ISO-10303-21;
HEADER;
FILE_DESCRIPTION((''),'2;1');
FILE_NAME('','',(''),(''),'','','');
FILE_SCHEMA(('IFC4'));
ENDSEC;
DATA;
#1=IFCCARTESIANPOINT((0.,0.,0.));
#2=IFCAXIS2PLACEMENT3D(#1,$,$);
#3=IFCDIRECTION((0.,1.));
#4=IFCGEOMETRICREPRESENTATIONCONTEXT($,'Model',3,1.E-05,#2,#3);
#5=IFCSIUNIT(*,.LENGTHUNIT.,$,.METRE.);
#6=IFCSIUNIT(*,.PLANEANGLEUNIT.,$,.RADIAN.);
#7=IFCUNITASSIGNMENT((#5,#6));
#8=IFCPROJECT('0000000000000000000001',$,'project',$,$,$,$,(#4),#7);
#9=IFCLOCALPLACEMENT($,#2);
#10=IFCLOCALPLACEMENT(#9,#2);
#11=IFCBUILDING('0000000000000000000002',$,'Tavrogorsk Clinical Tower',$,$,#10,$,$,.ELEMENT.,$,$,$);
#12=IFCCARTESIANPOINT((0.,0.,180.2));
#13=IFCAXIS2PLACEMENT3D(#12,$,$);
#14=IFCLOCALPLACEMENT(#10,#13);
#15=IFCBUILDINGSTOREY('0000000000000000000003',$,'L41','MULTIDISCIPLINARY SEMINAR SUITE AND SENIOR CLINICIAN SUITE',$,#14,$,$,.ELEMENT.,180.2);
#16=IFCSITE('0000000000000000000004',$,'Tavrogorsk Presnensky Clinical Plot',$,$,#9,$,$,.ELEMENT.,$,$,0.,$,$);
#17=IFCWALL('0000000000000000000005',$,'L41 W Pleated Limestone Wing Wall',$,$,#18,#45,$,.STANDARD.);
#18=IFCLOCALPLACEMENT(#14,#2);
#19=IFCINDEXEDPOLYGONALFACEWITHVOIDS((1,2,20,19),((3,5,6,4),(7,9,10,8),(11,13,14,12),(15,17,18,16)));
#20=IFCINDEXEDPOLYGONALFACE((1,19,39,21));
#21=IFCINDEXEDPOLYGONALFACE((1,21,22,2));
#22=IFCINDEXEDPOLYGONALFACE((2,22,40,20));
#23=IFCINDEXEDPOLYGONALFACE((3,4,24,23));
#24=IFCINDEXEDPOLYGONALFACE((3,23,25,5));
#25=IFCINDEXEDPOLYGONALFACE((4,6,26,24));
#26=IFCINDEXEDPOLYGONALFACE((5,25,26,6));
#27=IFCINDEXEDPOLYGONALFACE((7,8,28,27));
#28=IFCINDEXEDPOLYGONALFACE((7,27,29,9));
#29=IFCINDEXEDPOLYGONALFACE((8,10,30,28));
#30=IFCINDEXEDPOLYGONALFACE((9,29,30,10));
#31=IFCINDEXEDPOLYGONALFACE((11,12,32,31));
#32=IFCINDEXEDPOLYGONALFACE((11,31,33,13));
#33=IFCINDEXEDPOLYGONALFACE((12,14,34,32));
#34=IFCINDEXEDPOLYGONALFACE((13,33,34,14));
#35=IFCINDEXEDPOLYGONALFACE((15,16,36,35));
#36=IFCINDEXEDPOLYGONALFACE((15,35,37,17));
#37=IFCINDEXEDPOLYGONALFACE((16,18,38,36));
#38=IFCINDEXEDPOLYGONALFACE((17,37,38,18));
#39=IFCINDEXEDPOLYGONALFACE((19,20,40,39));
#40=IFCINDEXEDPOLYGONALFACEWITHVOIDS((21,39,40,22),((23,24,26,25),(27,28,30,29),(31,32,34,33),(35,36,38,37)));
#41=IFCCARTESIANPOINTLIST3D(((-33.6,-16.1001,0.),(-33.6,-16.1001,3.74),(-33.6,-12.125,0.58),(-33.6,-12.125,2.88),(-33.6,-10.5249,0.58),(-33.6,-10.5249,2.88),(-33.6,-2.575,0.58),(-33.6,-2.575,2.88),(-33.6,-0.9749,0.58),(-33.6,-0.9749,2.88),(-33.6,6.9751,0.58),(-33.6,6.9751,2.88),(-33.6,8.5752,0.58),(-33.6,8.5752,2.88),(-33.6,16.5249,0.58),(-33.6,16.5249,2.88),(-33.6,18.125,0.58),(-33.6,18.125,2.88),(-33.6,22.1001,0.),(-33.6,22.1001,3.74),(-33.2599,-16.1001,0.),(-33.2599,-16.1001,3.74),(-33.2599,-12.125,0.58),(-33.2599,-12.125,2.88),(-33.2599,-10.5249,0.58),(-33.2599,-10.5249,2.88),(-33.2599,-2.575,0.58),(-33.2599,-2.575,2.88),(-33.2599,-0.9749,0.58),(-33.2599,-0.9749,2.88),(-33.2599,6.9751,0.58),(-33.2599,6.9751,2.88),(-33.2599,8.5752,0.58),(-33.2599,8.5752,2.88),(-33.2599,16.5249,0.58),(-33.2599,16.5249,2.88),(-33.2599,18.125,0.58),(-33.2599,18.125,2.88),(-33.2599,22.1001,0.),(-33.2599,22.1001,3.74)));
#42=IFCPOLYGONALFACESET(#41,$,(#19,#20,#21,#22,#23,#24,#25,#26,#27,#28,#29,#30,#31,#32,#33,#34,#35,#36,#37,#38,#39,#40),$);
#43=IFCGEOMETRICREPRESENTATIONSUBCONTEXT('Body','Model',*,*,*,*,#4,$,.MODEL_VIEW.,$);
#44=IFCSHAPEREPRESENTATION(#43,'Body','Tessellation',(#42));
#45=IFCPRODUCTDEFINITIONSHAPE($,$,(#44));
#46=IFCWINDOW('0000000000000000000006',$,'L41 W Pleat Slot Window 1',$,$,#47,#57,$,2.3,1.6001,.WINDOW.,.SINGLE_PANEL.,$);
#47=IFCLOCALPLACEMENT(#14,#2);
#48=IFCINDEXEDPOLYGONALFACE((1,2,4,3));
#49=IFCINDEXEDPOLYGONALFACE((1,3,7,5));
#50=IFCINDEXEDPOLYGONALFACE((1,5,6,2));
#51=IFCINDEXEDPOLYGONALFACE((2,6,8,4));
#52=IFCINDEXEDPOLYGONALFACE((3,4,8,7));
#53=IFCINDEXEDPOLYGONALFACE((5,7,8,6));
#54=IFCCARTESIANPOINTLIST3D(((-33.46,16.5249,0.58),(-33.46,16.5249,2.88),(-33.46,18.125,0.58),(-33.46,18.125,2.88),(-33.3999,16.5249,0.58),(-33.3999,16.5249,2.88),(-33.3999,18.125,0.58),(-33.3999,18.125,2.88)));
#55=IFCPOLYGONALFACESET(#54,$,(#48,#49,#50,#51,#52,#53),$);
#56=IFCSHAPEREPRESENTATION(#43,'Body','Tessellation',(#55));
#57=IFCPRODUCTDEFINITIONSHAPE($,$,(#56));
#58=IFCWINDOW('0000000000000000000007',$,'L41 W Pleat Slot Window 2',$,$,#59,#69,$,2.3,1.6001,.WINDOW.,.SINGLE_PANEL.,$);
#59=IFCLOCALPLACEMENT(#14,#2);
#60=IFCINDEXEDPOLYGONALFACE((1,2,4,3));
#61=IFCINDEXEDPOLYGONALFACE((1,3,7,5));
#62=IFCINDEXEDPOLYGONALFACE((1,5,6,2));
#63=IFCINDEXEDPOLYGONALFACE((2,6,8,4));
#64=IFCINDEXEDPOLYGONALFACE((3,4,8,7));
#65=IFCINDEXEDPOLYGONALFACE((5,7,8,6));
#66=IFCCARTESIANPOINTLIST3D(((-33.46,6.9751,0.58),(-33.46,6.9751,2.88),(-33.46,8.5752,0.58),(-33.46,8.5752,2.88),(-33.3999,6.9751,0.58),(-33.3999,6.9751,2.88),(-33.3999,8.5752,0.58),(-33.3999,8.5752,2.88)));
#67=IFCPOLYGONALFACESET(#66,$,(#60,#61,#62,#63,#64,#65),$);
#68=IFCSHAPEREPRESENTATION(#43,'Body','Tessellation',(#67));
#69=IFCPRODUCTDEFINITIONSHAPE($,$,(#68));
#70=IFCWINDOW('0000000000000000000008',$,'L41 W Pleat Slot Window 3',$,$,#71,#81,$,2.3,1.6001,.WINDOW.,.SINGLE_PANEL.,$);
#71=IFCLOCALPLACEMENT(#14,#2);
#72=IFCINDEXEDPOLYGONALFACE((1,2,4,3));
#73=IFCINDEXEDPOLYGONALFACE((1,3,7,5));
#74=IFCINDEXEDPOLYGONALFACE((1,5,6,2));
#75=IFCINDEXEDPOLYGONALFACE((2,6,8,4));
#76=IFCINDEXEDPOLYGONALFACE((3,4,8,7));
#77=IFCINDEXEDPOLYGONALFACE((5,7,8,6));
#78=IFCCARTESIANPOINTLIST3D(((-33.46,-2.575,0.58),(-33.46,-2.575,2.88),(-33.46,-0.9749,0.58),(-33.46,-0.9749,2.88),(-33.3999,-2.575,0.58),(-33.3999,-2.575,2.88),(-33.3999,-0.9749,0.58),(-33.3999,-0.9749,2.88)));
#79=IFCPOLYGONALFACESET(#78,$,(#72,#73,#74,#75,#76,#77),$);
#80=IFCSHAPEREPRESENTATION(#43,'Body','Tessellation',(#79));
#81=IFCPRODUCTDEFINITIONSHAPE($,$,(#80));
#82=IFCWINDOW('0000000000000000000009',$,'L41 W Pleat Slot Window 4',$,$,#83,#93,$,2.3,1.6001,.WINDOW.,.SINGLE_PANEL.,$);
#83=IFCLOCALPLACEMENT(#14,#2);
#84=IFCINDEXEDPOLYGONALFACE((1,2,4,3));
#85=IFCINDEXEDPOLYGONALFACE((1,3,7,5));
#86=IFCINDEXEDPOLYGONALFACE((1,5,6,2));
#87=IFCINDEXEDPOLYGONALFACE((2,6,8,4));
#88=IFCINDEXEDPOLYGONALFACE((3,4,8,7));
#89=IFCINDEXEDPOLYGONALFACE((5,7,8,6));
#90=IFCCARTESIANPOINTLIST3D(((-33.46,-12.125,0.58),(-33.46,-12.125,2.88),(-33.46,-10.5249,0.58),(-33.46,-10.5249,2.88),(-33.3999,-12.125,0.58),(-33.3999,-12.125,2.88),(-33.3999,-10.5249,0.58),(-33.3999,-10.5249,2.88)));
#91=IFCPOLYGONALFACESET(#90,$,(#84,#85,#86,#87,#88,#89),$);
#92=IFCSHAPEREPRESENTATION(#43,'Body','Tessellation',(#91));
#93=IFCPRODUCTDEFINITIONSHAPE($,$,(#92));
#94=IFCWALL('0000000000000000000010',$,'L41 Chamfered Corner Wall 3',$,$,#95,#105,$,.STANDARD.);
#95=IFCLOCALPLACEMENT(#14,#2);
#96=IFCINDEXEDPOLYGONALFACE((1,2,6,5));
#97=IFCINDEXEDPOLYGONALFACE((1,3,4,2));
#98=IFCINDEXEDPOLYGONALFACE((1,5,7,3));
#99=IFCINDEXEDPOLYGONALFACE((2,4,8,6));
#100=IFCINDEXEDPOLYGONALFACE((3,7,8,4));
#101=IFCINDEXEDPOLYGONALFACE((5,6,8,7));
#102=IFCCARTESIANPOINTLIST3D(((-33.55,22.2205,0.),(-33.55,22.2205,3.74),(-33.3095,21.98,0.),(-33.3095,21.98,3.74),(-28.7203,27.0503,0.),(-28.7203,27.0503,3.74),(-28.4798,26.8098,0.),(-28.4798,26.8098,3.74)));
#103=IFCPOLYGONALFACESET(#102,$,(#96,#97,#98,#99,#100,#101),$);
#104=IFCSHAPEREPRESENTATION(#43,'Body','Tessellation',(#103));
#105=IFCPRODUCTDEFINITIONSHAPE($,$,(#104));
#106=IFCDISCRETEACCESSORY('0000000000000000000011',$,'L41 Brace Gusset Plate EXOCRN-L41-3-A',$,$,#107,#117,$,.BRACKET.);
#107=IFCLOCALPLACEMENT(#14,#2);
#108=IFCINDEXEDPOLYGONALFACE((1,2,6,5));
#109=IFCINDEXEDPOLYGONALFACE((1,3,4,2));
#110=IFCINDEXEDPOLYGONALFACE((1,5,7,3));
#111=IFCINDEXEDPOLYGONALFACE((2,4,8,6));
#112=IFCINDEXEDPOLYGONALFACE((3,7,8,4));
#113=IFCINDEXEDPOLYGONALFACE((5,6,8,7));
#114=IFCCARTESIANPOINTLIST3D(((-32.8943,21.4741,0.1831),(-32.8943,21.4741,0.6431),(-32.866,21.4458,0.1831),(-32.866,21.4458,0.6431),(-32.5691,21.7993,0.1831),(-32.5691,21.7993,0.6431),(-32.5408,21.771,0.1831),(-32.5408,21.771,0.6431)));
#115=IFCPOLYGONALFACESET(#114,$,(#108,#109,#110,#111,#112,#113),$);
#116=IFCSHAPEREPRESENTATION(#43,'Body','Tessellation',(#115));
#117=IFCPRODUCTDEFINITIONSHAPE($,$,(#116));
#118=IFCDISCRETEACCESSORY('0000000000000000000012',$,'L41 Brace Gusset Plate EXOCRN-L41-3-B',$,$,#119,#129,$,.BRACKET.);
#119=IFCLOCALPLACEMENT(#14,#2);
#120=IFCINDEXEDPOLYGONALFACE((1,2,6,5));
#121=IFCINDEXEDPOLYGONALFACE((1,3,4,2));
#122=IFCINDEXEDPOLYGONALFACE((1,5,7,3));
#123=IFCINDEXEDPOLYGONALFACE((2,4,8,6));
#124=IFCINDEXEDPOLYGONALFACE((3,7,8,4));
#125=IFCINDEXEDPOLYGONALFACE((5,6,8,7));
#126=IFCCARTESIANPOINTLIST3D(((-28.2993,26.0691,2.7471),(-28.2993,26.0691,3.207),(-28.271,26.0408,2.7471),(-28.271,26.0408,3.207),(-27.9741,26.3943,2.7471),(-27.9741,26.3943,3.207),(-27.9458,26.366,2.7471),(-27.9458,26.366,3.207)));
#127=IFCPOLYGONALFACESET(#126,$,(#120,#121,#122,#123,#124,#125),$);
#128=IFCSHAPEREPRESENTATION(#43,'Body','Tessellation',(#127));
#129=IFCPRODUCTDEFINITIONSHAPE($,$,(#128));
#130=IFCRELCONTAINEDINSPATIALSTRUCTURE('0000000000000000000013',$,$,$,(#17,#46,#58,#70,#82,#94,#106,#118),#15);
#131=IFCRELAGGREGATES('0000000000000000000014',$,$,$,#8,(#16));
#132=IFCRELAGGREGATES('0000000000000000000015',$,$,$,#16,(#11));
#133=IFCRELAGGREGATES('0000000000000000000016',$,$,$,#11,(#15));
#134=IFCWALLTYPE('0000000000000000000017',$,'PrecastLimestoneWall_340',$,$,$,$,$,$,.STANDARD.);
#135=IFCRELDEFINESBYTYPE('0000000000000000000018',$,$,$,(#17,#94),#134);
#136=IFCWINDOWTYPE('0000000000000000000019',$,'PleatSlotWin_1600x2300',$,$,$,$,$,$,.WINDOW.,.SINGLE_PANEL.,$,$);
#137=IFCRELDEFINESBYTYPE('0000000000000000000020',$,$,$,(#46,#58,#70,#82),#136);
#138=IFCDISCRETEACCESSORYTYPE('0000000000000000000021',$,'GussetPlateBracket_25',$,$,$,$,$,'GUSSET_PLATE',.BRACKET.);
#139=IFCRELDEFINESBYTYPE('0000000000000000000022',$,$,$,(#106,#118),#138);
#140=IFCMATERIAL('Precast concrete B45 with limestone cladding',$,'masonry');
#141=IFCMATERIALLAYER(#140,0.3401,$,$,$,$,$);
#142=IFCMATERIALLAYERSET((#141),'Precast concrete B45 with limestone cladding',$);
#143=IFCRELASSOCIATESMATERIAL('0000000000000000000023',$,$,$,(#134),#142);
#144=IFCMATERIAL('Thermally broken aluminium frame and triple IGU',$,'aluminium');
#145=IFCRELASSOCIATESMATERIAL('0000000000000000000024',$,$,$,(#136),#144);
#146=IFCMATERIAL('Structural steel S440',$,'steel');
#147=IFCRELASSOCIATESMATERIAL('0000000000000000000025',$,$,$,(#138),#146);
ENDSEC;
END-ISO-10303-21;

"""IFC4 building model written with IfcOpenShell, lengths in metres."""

from ifc_helpers import new_model, si_unit, direction, frame, frame_2d, origin, origin_2d, place, context, subcontext, project, spatial, rectangle, extrude, material, layer, layer_set, type_object, element, fill, save


model = new_model("IFC4")

# Units and contexts
model_context = context("Model", 3, precision=1e-05, world=origin(), true_north=direction((0.0, 1.0)))
body_context = subcontext(model_context, "Body", "Model", "MODEL_VIEW")
ifc_project = project(units=[si_unit("LENGTHUNIT", "METRE"), si_unit("PLANEANGLEUNIT", "RADIAN")], contexts=[model_context])

# Site, building, storey
site_placement = place(None, origin())
site = spatial("IfcSite", under=ifc_project, at=site_placement, Name="Tavrogorsk Presnensky Clinical Plot", CompositionType="ELEMENT", RefElevation=0.0)
building_placement = place(site_placement, origin())
building = spatial("IfcBuilding", under=site, at=building_placement, Name="Tavrogorsk Clinical Tower", CompositionType="ELEMENT")
storey_placement = place(building_placement, frame((0.0, 0.0, 180.2)))
storey = spatial("IfcBuildingStorey", under=building, at=storey_placement, Name="L41", Description="MULTIDISCIPLINARY SEMINAR SUITE AND SENIOR CLINICIAN SUITE", CompositionType="ELEMENT", Elevation=180.2)

# Wall, openings, windows
ifc_material_1 = material(Name="Precast concrete B45 with limestone cladding", Category="masonry")
ifc_layer_1 = layer(ifc_material_1, 0.3401)
ifc_layer_set_1 = layer_set([ifc_layer_1], Name="Precast concrete B45 with limestone cladding")
wall_type_1 = type_object("IfcWallType", Name="PrecastLimestoneWall_340", PredefinedType="STANDARD", material=ifc_layer_set_1)
wall_1_placement = place(storey_placement, frame((-33.4299, 22.1001, 0.0), z_axis=(0.0, 0.0, 1.0), x_axis=(0.0, -1.0, 0.0)))
wall_1 = element("IfcWall", 1, at=wall_1_placement, inside=storey, type_object=wall_type_1, Name="L41 W Pleated Limestone Wing Wall", PredefinedType="STANDARD", context=body_context, shape_type="SweptSolid", body=[
    extrude(rectangle(XDim=38.2002, YDim=0.3401, at=frame_2d((19.1001, 0.0))), origin(), (0.0, 0.0, 1.0), 3.74),
])
opening_1_placement = place(wall_1_placement, frame((3.9751, 0.0, 0.5801)))
opening_1 = element("IfcOpeningElement", 2, at=opening_1_placement, cuts=wall_1, PredefinedType="OPENING", context=body_context, shape_type="SweptSolid", body=[
    extrude(rectangle(XDim=1.6001, YDim=2.3, at=frame_2d((0.8, 1.1499))), frame((0.0, 0.1799, 0.0), z_axis=(0.0, -1.0, 0.0), x_axis=(1.0, 0.0, 0.0)), (0.0, 0.0, 1.0), 0.3601),
])
opening_2_placement = place(wall_1_placement, frame((13.5249, 0.0, 0.5801)))
opening_2 = element("IfcOpeningElement", 3, at=opening_2_placement, cuts=wall_1, PredefinedType="OPENING", context=body_context, shape_type="SweptSolid", body=[
    extrude(rectangle(XDim=1.6001, YDim=2.3, at=frame_2d((0.8, 1.1499))), frame((0.0, 0.1799, 0.0), z_axis=(0.0, -1.0, 0.0), x_axis=(1.0, 0.0, 0.0)), (0.0, 0.0, 1.0), 0.3601),
])
opening_3_placement = place(wall_1_placement, frame((23.075, 0.0, 0.5801)))
opening_3 = element("IfcOpeningElement", 4, at=opening_3_placement, cuts=wall_1, PredefinedType="OPENING", context=body_context, shape_type="SweptSolid", body=[
    extrude(rectangle(XDim=1.6001, YDim=2.3, at=frame_2d((0.8, 1.1499))), frame((0.0, 0.1799, 0.0), z_axis=(0.0, -1.0, 0.0), x_axis=(1.0, 0.0, 0.0)), (0.0, 0.0, 1.0), 0.3601),
])
opening_4_placement = place(wall_1_placement, frame((32.625, 0.0, 0.5801)))
opening_4 = element("IfcOpeningElement", 5, at=opening_4_placement, cuts=wall_1, PredefinedType="OPENING", context=body_context, shape_type="SweptSolid", body=[
    extrude(rectangle(XDim=1.6001, YDim=2.3, at=frame_2d((0.8, 1.1499))), frame((0.0, 0.1799, 0.0), z_axis=(0.0, -1.0, 0.0), x_axis=(1.0, 0.0, 0.0)), (0.0, 0.0, 1.0), 0.3601),
])
ifc_material_2 = material(Name="Thermally broken aluminium frame and triple IGU", Category="aluminium")
window_type = type_object("IfcWindowType", Name="PleatSlotWin_1600x2300", PartitioningType="SINGLE_PANEL", PredefinedType="WINDOW", material=ifc_material_2)
window_1_placement = place(opening_1_placement, origin())
window_1 = element("IfcWindow", 6, at=window_1_placement, inside=storey, type_object=window_type, Name="L41 W Pleat Slot Window 1", OverallHeight=2.3, OverallWidth=1.6001, PartitioningType="SINGLE_PANEL", PredefinedType="WINDOW", context=body_context, shape_type="SweptSolid", body=[
    extrude(rectangle(XDim=1.6001, YDim=2.3, at=frame_2d((0.8, 1.1499))), frame((0.0, 0.03, 0.0), z_axis=(0.0, -1.0, 0.0), x_axis=(1.0, 0.0, 0.0)), (0.0, 0.0, 1.0), 0.0601),
])
fill(opening_1, window_1)
window_2_placement = place(opening_2_placement, origin())
window_2 = element("IfcWindow", 7, at=window_2_placement, inside=storey, type_object=window_type, Name="L41 W Pleat Slot Window 2", OverallHeight=2.3, OverallWidth=1.6001, PartitioningType="SINGLE_PANEL", PredefinedType="WINDOW", context=body_context, shape_type="SweptSolid", body=[
    extrude(rectangle(XDim=1.6001, YDim=2.3, at=frame_2d((0.8, 1.1499))), frame((0.0, 0.03, 0.0), z_axis=(0.0, -1.0, 0.0), x_axis=(1.0, 0.0, 0.0)), (0.0, 0.0, 1.0), 0.0601),
])
fill(opening_2, window_2)
window_3_placement = place(opening_3_placement, origin())
window_3 = element("IfcWindow", 8, at=window_3_placement, inside=storey, type_object=window_type, Name="L41 W Pleat Slot Window 3", OverallHeight=2.3, OverallWidth=1.6001, PartitioningType="SINGLE_PANEL", PredefinedType="WINDOW", context=body_context, shape_type="SweptSolid", body=[
    extrude(rectangle(XDim=1.6001, YDim=2.3, at=frame_2d((0.8, 1.1499))), frame((0.0, 0.03, 0.0), z_axis=(0.0, -1.0, 0.0), x_axis=(1.0, 0.0, 0.0)), (0.0, 0.0, 1.0), 0.0601),
])
fill(opening_3, window_3)
window_4_placement = place(opening_4_placement, origin())
window_4 = element("IfcWindow", 9, at=window_4_placement, inside=storey, type_object=window_type, Name="L41 W Pleat Slot Window 4", OverallHeight=2.3, OverallWidth=1.6001, PartitioningType="SINGLE_PANEL", PredefinedType="WINDOW", context=body_context, shape_type="SweptSolid", body=[
    extrude(rectangle(XDim=1.6001, YDim=2.3, at=frame_2d((0.8, 1.1499))), frame((0.0, 0.03, 0.0), z_axis=(0.0, -1.0, 0.0), x_axis=(1.0, 0.0, 0.0)), (0.0, 0.0, 1.0), 0.0601),
])
fill(opening_4, window_4)

# Wall
wall_2_placement = place(storey_placement, frame((-28.6001, 26.9299, 0.0), z_axis=(0.0, 0.0, 1.0), x_axis=(-0.707107, -0.707107, 0.0)))
element("IfcWall", 10, at=wall_2_placement, inside=storey, type_object=wall_type_1, Name="L41 Chamfered Corner Wall 3", PredefinedType="STANDARD", context=body_context, shape_type="SweptSolid", body=[
    extrude(rectangle(XDim=6.8303, YDim=0.3401, at=frame_2d((3.415, 0.0))), origin(), (0.0, 0.0, 1.0), 3.74),
])

# Discrete accessories
ifc_material_3 = material(Name="Structural steel S440", Category="steel")
discrete_accessory_type = type_object("IfcDiscreteAccessoryType", Name="GussetPlateBracket_25", ElementType="GUSSET_PLATE", PredefinedType="BRACKET", material=ifc_material_3)
for number, where, z_axis, x_axis, name in (
    (11, (-32.7175, 21.6226, 0.1831), (0.0, 0.0, 1.0), (0.707107, 0.707107, 0.0), "L41 Brace Gusset Plate EXOCRN-L41-3-A"),
    (12, (-28.1226, 26.2175, 2.7471), (0.0, 0.0, 1.0), (0.707107, 0.707107, 0.0), "L41 Brace Gusset Plate EXOCRN-L41-3-B"),
):
    element("IfcDiscreteAccessory", number, at=place(storey_placement, frame(where, z_axis=z_axis, x_axis=x_axis)), inside=storey, type_object=discrete_accessory_type, Name=name, PredefinedType="BRACKET", context=body_context, shape_type="SweptSolid", body=[
        extrude(rectangle(XDim=0.46, YDim=0.04, at=origin_2d()), origin(), (0.0, 0.0, 1.0), 0.46),
    ])

save(model, "model.ifc")
